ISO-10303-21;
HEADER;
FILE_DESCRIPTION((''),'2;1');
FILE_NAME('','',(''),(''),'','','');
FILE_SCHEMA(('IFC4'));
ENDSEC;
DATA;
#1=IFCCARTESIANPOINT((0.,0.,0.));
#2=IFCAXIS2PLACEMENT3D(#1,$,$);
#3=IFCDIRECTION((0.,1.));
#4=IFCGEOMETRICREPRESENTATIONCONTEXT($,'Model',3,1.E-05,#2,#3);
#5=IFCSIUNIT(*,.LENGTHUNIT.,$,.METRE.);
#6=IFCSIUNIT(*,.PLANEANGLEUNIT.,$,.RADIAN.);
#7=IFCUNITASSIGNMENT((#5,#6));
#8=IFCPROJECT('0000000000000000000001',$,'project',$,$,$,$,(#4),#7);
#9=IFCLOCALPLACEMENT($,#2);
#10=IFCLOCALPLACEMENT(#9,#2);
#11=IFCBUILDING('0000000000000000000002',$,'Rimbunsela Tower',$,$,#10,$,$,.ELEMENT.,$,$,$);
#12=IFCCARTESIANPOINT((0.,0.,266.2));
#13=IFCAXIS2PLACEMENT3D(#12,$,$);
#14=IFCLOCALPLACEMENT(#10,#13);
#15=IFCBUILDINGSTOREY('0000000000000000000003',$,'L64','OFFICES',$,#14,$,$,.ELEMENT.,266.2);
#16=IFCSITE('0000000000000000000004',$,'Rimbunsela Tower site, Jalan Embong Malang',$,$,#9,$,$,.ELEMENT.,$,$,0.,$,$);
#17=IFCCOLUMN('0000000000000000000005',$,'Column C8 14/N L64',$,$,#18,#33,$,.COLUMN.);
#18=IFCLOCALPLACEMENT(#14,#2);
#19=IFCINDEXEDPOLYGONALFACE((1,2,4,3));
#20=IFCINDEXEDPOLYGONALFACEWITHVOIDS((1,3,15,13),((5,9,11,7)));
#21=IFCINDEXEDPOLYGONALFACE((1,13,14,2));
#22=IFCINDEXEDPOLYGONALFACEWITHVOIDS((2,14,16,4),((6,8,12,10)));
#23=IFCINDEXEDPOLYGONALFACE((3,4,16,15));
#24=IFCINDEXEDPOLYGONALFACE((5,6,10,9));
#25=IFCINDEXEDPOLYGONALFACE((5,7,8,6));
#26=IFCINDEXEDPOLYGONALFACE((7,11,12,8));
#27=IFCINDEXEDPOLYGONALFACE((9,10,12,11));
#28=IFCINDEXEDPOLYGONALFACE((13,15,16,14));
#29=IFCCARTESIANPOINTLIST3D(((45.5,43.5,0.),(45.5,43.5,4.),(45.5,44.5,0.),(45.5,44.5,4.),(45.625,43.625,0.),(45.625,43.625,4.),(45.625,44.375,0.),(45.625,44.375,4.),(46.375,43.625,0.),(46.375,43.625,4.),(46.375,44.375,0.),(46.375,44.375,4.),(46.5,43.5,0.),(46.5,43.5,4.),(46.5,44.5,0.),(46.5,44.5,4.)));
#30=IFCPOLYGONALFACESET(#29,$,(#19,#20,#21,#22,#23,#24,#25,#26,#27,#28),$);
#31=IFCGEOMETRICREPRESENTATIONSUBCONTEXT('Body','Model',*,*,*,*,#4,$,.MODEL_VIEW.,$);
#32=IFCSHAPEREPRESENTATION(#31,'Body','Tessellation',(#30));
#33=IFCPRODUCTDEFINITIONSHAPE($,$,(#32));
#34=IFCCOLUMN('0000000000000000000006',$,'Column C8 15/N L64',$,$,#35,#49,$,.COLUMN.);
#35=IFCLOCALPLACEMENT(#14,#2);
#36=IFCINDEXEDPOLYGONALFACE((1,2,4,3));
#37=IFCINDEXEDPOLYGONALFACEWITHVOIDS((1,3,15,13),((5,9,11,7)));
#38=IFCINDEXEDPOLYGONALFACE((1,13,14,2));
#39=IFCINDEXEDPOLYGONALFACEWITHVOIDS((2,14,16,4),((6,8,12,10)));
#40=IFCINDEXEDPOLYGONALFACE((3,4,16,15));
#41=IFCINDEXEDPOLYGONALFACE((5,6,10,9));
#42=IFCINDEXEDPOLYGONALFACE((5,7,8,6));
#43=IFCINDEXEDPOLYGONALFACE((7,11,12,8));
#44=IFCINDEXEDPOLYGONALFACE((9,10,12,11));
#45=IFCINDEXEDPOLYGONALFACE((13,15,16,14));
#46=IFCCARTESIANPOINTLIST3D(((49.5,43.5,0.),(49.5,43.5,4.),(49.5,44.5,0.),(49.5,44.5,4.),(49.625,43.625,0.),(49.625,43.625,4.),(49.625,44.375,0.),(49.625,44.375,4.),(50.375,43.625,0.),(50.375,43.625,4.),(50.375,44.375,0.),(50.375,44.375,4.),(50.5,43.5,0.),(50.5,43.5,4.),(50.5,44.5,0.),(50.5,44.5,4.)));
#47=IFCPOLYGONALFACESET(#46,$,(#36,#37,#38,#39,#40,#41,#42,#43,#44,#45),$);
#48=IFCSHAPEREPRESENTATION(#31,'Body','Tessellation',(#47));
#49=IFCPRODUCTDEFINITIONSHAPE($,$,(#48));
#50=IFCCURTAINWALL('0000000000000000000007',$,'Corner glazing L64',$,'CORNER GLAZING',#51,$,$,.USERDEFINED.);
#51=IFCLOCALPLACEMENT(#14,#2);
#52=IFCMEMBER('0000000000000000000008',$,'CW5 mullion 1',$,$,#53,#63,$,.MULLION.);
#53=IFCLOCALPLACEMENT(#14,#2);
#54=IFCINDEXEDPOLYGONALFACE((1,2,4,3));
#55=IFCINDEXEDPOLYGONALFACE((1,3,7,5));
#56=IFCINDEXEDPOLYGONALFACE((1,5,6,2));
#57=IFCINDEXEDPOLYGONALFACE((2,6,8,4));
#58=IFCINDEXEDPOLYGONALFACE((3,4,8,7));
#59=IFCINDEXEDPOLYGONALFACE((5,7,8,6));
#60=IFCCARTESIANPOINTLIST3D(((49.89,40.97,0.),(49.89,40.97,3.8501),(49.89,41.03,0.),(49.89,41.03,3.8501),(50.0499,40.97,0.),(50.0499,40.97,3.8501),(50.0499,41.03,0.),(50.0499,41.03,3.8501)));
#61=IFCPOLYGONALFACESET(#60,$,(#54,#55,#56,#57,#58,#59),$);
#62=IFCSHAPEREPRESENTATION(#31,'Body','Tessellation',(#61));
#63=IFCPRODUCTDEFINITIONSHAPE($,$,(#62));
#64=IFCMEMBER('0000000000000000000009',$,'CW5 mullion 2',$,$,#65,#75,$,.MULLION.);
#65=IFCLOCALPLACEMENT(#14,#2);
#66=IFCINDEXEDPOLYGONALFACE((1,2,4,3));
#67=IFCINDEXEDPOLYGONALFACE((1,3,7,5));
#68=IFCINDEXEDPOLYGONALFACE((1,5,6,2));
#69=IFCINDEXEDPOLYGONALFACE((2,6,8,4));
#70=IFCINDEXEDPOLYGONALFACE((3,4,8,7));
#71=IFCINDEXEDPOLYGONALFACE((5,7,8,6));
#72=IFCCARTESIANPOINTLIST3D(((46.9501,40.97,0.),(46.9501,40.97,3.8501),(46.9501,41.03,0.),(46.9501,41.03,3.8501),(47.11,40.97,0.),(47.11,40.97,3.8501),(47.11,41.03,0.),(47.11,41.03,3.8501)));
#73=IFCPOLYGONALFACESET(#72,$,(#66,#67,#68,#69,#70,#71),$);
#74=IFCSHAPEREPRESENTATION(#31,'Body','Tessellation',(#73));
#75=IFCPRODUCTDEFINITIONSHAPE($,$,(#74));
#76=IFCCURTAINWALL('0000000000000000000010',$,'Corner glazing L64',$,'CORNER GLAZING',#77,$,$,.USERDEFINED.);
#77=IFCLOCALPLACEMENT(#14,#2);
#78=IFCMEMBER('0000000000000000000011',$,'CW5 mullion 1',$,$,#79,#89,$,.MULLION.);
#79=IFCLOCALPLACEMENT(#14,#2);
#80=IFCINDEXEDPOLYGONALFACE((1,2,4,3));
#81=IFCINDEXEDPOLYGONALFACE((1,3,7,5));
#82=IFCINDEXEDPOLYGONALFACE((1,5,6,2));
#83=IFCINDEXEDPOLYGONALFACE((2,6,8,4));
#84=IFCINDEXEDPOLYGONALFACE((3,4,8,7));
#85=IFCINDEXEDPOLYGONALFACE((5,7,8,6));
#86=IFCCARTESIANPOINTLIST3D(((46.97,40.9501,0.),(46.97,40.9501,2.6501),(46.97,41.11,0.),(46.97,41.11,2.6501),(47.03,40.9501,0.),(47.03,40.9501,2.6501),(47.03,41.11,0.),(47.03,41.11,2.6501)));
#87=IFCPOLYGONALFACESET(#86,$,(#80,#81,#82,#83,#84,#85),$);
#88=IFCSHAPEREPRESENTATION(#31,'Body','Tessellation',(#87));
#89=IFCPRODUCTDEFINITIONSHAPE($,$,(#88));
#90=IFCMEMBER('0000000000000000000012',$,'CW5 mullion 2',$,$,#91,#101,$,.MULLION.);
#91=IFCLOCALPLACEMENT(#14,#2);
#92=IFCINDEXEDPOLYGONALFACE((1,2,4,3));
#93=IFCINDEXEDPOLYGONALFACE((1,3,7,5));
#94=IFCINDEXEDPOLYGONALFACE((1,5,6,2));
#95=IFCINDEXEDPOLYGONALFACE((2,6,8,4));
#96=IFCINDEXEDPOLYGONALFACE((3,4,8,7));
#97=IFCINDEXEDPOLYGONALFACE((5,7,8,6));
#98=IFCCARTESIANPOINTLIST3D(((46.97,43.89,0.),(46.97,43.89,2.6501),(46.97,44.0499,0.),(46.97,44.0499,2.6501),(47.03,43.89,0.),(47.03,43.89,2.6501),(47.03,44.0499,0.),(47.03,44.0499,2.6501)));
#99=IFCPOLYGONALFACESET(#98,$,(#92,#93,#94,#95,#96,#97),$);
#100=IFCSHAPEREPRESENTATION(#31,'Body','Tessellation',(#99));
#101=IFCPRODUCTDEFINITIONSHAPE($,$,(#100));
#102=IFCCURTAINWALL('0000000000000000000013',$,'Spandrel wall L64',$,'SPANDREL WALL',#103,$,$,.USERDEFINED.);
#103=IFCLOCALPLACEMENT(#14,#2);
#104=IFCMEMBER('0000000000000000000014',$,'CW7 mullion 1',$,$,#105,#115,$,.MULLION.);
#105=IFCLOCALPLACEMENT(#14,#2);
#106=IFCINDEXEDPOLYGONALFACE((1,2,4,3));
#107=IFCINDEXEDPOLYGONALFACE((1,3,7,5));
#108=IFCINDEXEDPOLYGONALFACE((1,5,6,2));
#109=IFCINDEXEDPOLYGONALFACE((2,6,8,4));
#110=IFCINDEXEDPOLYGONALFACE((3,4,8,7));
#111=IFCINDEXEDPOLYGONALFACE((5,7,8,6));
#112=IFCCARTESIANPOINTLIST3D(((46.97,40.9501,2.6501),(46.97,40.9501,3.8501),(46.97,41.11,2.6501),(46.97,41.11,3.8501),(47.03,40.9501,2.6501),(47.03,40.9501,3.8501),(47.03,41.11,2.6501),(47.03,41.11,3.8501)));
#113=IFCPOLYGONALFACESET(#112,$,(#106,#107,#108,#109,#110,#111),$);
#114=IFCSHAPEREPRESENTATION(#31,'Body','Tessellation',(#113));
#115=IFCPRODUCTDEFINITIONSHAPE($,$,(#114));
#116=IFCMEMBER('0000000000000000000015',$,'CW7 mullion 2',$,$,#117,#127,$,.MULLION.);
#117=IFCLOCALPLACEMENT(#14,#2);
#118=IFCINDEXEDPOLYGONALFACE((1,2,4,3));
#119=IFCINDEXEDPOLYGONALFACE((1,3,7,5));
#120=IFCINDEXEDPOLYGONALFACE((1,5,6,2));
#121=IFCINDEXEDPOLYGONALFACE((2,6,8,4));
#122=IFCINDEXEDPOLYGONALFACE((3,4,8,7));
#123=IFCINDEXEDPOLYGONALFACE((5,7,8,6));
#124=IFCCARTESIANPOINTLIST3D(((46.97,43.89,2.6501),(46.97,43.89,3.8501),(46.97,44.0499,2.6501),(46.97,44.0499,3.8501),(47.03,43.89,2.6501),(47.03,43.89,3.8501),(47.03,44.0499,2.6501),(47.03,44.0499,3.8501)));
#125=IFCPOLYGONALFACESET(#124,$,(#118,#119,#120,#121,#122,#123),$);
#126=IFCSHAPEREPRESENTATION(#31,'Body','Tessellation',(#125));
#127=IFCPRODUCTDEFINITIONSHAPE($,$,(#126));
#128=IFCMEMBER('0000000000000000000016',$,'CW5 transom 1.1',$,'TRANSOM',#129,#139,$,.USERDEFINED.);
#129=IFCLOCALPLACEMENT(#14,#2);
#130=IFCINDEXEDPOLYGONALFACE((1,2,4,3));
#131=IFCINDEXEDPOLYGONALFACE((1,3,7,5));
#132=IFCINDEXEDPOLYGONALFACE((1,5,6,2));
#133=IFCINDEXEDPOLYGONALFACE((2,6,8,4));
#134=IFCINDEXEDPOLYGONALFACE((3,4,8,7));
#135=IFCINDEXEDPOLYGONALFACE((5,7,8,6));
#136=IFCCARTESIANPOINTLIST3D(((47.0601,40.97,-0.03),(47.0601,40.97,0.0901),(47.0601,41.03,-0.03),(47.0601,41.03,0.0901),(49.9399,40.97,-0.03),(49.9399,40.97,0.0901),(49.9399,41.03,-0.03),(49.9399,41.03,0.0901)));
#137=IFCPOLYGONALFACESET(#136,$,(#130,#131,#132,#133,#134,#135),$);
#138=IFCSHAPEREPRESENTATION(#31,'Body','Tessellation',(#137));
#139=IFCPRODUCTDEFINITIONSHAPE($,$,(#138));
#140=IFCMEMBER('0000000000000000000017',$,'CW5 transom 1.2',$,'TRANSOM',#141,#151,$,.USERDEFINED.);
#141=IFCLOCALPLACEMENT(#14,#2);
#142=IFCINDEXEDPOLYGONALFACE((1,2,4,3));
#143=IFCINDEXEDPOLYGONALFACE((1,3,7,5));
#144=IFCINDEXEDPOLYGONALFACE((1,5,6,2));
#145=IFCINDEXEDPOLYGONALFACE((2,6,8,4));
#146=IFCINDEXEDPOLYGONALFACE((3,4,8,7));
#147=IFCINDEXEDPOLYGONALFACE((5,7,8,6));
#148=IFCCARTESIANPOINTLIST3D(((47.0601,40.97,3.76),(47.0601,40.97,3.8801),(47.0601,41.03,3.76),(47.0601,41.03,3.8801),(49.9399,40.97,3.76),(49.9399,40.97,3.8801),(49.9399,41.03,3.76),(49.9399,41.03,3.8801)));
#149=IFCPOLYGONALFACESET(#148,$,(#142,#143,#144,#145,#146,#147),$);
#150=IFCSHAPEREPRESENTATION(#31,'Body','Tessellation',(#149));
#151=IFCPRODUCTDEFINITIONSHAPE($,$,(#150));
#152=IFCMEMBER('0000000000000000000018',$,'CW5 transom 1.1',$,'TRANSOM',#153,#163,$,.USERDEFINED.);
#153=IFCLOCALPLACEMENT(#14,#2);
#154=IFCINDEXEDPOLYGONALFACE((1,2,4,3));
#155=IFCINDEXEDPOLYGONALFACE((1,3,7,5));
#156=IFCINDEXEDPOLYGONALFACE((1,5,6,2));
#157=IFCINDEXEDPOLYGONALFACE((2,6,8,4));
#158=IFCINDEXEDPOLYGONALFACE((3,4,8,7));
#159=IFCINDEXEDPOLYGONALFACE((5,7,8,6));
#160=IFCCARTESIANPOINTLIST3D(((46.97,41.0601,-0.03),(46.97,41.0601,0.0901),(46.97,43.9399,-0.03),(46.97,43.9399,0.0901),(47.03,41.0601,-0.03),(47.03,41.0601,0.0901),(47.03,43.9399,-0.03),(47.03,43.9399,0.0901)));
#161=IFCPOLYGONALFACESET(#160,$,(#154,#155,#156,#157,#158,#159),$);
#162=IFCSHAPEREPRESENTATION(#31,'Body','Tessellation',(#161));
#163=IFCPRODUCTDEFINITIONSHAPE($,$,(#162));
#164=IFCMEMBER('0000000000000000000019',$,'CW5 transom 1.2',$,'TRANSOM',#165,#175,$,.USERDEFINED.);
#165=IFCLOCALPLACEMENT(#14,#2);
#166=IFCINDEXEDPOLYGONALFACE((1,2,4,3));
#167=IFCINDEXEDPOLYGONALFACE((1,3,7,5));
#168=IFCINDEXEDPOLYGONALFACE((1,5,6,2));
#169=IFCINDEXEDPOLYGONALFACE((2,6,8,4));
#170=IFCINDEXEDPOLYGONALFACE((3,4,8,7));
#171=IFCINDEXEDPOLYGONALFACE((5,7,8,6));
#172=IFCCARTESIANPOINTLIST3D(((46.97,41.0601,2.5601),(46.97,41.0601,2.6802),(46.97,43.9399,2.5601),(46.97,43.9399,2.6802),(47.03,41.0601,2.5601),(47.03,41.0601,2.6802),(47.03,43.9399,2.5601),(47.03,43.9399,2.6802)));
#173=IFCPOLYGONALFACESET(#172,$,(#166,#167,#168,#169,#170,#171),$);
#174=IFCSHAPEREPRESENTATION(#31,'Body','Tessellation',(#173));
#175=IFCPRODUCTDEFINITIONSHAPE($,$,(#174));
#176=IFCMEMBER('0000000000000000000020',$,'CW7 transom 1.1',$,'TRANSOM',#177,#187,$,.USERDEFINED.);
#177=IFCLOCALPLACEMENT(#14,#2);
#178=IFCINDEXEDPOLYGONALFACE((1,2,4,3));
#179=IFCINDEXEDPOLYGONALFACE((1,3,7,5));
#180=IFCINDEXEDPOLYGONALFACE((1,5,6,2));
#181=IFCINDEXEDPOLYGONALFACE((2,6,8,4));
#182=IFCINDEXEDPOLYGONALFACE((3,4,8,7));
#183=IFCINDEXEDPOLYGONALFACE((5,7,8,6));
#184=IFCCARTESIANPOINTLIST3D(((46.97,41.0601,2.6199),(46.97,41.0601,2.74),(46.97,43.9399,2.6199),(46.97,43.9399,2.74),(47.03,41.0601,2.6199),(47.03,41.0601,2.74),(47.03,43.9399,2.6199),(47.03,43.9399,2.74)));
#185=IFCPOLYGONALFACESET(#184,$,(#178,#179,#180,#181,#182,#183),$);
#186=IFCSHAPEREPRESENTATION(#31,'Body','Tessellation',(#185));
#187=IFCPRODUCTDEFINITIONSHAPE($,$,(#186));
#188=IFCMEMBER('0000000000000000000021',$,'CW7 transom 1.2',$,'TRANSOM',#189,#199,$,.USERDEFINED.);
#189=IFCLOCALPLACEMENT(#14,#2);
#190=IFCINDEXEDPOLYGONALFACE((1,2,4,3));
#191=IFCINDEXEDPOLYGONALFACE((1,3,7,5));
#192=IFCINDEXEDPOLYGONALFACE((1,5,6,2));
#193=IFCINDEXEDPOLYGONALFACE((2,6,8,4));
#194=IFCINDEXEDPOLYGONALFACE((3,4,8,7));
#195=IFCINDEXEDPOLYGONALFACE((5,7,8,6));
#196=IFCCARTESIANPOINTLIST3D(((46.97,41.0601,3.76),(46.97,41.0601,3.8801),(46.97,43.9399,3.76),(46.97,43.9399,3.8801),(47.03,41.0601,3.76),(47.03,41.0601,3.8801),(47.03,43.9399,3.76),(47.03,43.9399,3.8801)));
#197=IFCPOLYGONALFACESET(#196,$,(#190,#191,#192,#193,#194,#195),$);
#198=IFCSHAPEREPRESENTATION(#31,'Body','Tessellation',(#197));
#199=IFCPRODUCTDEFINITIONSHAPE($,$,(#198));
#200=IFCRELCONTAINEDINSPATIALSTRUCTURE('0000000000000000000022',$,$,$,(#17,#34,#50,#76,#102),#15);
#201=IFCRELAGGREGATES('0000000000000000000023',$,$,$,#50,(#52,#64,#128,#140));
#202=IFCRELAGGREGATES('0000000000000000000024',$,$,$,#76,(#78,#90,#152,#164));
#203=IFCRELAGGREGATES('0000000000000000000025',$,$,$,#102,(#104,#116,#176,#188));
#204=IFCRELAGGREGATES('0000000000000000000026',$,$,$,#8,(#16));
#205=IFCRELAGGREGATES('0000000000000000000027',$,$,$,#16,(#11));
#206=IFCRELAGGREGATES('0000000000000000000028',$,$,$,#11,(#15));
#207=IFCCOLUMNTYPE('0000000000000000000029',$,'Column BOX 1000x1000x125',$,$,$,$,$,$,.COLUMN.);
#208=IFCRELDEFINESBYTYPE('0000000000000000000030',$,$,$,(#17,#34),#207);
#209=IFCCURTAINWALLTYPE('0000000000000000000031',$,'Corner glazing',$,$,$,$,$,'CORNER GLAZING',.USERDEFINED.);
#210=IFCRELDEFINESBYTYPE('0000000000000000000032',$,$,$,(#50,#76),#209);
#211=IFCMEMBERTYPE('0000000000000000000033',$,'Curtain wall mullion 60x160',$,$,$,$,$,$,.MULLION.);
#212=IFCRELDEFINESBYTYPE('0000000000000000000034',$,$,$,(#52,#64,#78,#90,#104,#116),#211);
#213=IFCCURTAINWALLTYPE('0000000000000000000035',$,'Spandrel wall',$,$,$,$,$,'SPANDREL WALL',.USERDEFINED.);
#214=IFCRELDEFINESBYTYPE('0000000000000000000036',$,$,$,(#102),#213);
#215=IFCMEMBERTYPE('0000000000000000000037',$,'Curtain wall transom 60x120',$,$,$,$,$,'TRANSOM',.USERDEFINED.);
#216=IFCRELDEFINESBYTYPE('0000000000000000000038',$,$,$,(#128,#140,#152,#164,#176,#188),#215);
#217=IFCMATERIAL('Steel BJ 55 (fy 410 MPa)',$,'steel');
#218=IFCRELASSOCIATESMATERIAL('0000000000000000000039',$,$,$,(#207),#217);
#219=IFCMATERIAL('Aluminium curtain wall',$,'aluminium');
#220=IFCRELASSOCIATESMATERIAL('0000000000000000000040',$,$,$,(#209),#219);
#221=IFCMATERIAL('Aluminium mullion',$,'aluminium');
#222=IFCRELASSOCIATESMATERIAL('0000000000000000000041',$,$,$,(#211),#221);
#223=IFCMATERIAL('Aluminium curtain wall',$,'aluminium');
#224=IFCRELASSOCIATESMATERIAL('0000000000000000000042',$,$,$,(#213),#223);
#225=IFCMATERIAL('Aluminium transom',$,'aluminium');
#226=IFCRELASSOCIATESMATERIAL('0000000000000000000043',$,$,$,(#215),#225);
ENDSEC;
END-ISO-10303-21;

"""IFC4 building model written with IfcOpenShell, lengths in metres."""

from ifc_helpers import new_model, si_unit, direction, frame, origin, origin_2d, place, context, subcontext, project, spatial, rectangle, hollow_rectangle, extrude, material, material_profile, profile_set, type_object, element, aggregate, save


model = new_model("IFC4")

# Units and contexts
model_context = context("Model", 3, precision=1e-05, world=origin(), true_north=direction((0.0, 1.0)))
body_context = subcontext(model_context, "Body", "Model", "MODEL_VIEW")
ifc_project = project(units=[si_unit("LENGTHUNIT", "METRE"), si_unit("PLANEANGLEUNIT", "RADIAN")], contexts=[model_context])

# Site, building, storey
site_placement = place(None, origin())
site = spatial("IfcSite", under=ifc_project, at=site_placement, Name="Rimbunsela Tower site, Jalan Embong Malang", CompositionType="ELEMENT", RefElevation=0.0)
building_placement = place(site_placement, origin())
building = spatial("IfcBuilding", under=site, at=building_placement, Name="Rimbunsela Tower", CompositionType="ELEMENT")
storey_placement = place(building_placement, frame((0.0, 0.0, 266.2)))
storey = spatial("IfcBuildingStorey", under=building, at=storey_placement, Name="L64", Description="OFFICES", CompositionType="ELEMENT", Elevation=266.2)

# Columns
ifc_material_1 = material(Name="Steel BJ 55 (fy 410 MPa)", Category="steel")
ifc_material_profile_1 = material_profile(ifc_material_1, hollow_rectangle(XDim=1.0, YDim=1.0, WallThickness=0.125, at=origin_2d()), Name="BOX 1000x1000x125")
ifc_profile_set_1 = profile_set([ifc_material_profile_1], Name="Steel BJ 55 (fy 410 MPa)")
column_type = type_object("IfcColumnType", Name="Column BOX 1000x1000x125", PredefinedType="COLUMN", material=ifc_profile_set_1)
for number, where, z_axis, x_axis, name in (
    (1, (46.0, 44.0, 0.0), (0.0, 0.0, 1.0), (1.0, 0.0, 0.0), "Column C8 14/N L64"),
    (2, (50.0, 44.0, 0.0), (0.0, 0.0, 1.0), (1.0, 0.0, 0.0), "Column C8 15/N L64"),
):
    element("IfcColumn", number, at=place(storey_placement, frame(where, z_axis=z_axis, x_axis=x_axis)), inside=storey, type_object=column_type, Name=name, PredefinedType="COLUMN", context=body_context, shape_type="SweptSolid", body=[
        extrude(hollow_rectangle(XDim=1.0, YDim=1.0, WallThickness=0.125, at=origin_2d()), origin(), (0.0, 0.0, 1.0), 4.0),
    ])

# Curtain walls, members
ifc_material_2 = material(Name="Aluminium curtain wall", Category="aluminium")
curtain_wall_type_1 = type_object("IfcCurtainWallType", Name="Corner glazing", ElementType="CORNER GLAZING", PredefinedType="USERDEFINED", material=ifc_material_2)
curtain_wall_1_placement = place(storey_placement, origin())
curtain_wall_1 = element("IfcCurtainWall", 3, at=curtain_wall_1_placement, inside=storey, type_object=curtain_wall_type_1, Name="Corner glazing L64", ObjectType="CORNER GLAZING", PredefinedType="USERDEFINED")
ifc_material_3 = material(Name="Aluminium mullion", Category="aluminium")
ifc_material_profile_2 = material_profile(ifc_material_3, rectangle(XDim=0.0601, YDim=0.1599, at=origin_2d()), Name="Mullion 60x160")
ifc_profile_set_2 = profile_set([ifc_material_profile_2], Name="Aluminium mullion")
member_type_1 = type_object("IfcMemberType", Name="Curtain wall mullion 60x160", PredefinedType="MULLION", material=ifc_profile_set_2)
member_1_placement = place(storey_placement, frame((49.97, 41.0, 0.0), z_axis=(0.0, 0.0, 1.0), x_axis=(0.0, -1.0, 0.0)))
member_1 = element("IfcMember", 4, at=member_1_placement, type_object=member_type_1, Name="CW5 mullion 1", PredefinedType="MULLION", context=body_context, shape_type="SweptSolid", body=[
    extrude(rectangle(XDim=0.0601, YDim=0.1599, at=origin_2d()), origin(), (0.0, 0.0, 1.0), 3.8501),
])
member_2_placement = place(storey_placement, frame((47.03, 41.0, 0.0), z_axis=(0.0, 0.0, 1.0), x_axis=(0.0, -1.0, 0.0)))
member_2 = element("IfcMember", 5, at=member_2_placement, type_object=member_type_1, Name="CW5 mullion 2", PredefinedType="MULLION", context=body_context, shape_type="SweptSolid", body=[
    extrude(rectangle(XDim=0.0601, YDim=0.1599, at=origin_2d()), origin(), (0.0, 0.0, 1.0), 3.8501),
])
curtain_wall_2_placement = place(storey_placement, origin())
curtain_wall_2 = element("IfcCurtainWall", 6, at=curtain_wall_2_placement, inside=storey, type_object=curtain_wall_type_1, Name="Corner glazing L64", ObjectType="CORNER GLAZING", PredefinedType="USERDEFINED")
member_3_placement = place(storey_placement, frame((47.0, 41.03, 0.0), z_axis=(0.0, 0.0, 1.0), x_axis=(-1.0, 0.0, 0.0)))
member_3 = element("IfcMember", 7, at=member_3_placement, type_object=member_type_1, Name="CW5 mullion 1", PredefinedType="MULLION", context=body_context, shape_type="SweptSolid", body=[
    extrude(rectangle(XDim=0.0601, YDim=0.1599, at=origin_2d()), origin(), (0.0, 0.0, 1.0), 2.6501),
])
member_4_placement = place(storey_placement, frame((47.0, 43.97, 0.0), z_axis=(0.0, 0.0, 1.0), x_axis=(-1.0, 0.0, 0.0)))
member_4 = element("IfcMember", 8, at=member_4_placement, type_object=member_type_1, Name="CW5 mullion 2", PredefinedType="MULLION", context=body_context, shape_type="SweptSolid", body=[
    extrude(rectangle(XDim=0.0601, YDim=0.1599, at=origin_2d()), origin(), (0.0, 0.0, 1.0), 2.6501),
])
ifc_material_4 = material(Name="Aluminium curtain wall", Category="aluminium")
curtain_wall_type_2 = type_object("IfcCurtainWallType", Name="Spandrel wall", ElementType="SPANDREL WALL", PredefinedType="USERDEFINED", material=ifc_material_4)
curtain_wall_3_placement = place(storey_placement, origin())
curtain_wall_3 = element("IfcCurtainWall", 9, at=curtain_wall_3_placement, inside=storey, type_object=curtain_wall_type_2, Name="Spandrel wall L64", ObjectType="SPANDREL WALL", PredefinedType="USERDEFINED")
member_5_placement = place(storey_placement, frame((47.0, 41.03, 2.6501), z_axis=(0.0, 0.0, 1.0), x_axis=(-1.0, 0.0, 0.0)))
member_5 = element("IfcMember", 10, at=member_5_placement, type_object=member_type_1, Name="CW7 mullion 1", PredefinedType="MULLION", context=body_context, shape_type="SweptSolid", body=[
    extrude(rectangle(XDim=0.0601, YDim=0.1599, at=origin_2d()), origin(), (0.0, 0.0, 1.0), 1.2),
])
member_6_placement = place(storey_placement, frame((47.0, 43.97, 2.6501), z_axis=(0.0, 0.0, 1.0), x_axis=(-1.0, 0.0, 0.0)))
member_6 = element("IfcMember", 11, at=member_6_placement, type_object=member_type_1, Name="CW7 mullion 2", PredefinedType="MULLION", context=body_context, shape_type="SweptSolid", body=[
    extrude(rectangle(XDim=0.0601, YDim=0.1599, at=origin_2d()), origin(), (0.0, 0.0, 1.0), 1.2),
])

# Members
ifc_material_5 = material(Name="Aluminium transom", Category="aluminium")
ifc_material_profile_3 = material_profile(ifc_material_5, rectangle(XDim=0.0601, YDim=0.1201, at=origin_2d()), Name="Transom 60x120")
ifc_profile_set_3 = profile_set([ifc_material_profile_3], Name="Aluminium transom")
member_type_2 = type_object("IfcMemberType", Name="Curtain wall transom 60x120", ElementType="TRANSOM", PredefinedType="USERDEFINED", material=ifc_profile_set_3)
member_7_placement = place(storey_placement, frame((49.9399, 41.0, 0.03), z_axis=(-1.0, 0.0, 0.0), x_axis=(0.0, -1.0, 0.0)))
member_7 = element("IfcMember", 12, at=member_7_placement, type_object=member_type_2, Name="CW5 transom 1.1", ObjectType="TRANSOM", PredefinedType="USERDEFINED", context=body_context, shape_type="SweptSolid", body=[
    extrude(rectangle(XDim=0.0601, YDim=0.1201, at=origin_2d()), origin(), (0.0, 0.0, 1.0), 2.8799),
])
member_8_placement = place(storey_placement, frame((49.9399, 41.0, 3.8201), z_axis=(-1.0, 0.0, 0.0), x_axis=(0.0, -1.0, 0.0)))
member_8 = element("IfcMember", 13, at=member_8_placement, type_object=member_type_2, Name="CW5 transom 1.2", ObjectType="TRANSOM", PredefinedType="USERDEFINED", context=body_context, shape_type="SweptSolid", body=[
    extrude(rectangle(XDim=0.0601, YDim=0.1201, at=origin_2d()), origin(), (0.0, 0.0, 1.0), 2.8799),
])
member_9_placement = place(storey_placement, frame((47.0, 41.0601, 0.03), z_axis=(0.0, 1.0, 0.0), x_axis=(-1.0, 0.0, 0.0)))
member_9 = element("IfcMember", 14, at=member_9_placement, type_object=member_type_2, Name="CW5 transom 1.1", ObjectType="TRANSOM", PredefinedType="USERDEFINED", context=body_context, shape_type="SweptSolid", body=[
    extrude(rectangle(XDim=0.0601, YDim=0.1201, at=origin_2d()), origin(), (0.0, 0.0, 1.0), 2.8799),
])
member_10_placement = place(storey_placement, frame((47.0, 41.0601, 2.6201), z_axis=(0.0, 1.0, 0.0), x_axis=(-1.0, 0.0, 0.0)))
member_10 = element("IfcMember", 15, at=member_10_placement, type_object=member_type_2, Name="CW5 transom 1.2", ObjectType="TRANSOM", PredefinedType="USERDEFINED", context=body_context, shape_type="SweptSolid", body=[
    extrude(rectangle(XDim=0.0601, YDim=0.1201, at=origin_2d()), origin(), (0.0, 0.0, 1.0), 2.8799),
])
member_11_placement = place(storey_placement, frame((47.0, 41.0601, 2.6799), z_axis=(0.0, 1.0, 0.0), x_axis=(-1.0, 0.0, 0.0)))
member_11 = element("IfcMember", 16, at=member_11_placement, type_object=member_type_2, Name="CW7 transom 1.1", ObjectType="TRANSOM", PredefinedType="USERDEFINED", context=body_context, shape_type="SweptSolid", body=[
    extrude(rectangle(XDim=0.0601, YDim=0.1201, at=origin_2d()), origin(), (0.0, 0.0, 1.0), 2.8799),
])
member_12_placement = place(storey_placement, frame((47.0, 41.0601, 3.8201), z_axis=(0.0, 1.0, 0.0), x_axis=(-1.0, 0.0, 0.0)))
member_12 = element("IfcMember", 17, at=member_12_placement, type_object=member_type_2, Name="CW7 transom 1.2", ObjectType="TRANSOM", PredefinedType="USERDEFINED", context=body_context, shape_type="SweptSolid", body=[
    extrude(rectangle(XDim=0.0601, YDim=0.1201, at=origin_2d()), origin(), (0.0, 0.0, 1.0), 2.8799),
])

aggregate(curtain_wall_1, [member_1, member_2, member_7, member_8])
aggregate(curtain_wall_2, [member_3, member_4, member_9, member_10])
aggregate(curtain_wall_3, [member_5, member_6, member_11, member_12])

save(model, "model.ifc")
